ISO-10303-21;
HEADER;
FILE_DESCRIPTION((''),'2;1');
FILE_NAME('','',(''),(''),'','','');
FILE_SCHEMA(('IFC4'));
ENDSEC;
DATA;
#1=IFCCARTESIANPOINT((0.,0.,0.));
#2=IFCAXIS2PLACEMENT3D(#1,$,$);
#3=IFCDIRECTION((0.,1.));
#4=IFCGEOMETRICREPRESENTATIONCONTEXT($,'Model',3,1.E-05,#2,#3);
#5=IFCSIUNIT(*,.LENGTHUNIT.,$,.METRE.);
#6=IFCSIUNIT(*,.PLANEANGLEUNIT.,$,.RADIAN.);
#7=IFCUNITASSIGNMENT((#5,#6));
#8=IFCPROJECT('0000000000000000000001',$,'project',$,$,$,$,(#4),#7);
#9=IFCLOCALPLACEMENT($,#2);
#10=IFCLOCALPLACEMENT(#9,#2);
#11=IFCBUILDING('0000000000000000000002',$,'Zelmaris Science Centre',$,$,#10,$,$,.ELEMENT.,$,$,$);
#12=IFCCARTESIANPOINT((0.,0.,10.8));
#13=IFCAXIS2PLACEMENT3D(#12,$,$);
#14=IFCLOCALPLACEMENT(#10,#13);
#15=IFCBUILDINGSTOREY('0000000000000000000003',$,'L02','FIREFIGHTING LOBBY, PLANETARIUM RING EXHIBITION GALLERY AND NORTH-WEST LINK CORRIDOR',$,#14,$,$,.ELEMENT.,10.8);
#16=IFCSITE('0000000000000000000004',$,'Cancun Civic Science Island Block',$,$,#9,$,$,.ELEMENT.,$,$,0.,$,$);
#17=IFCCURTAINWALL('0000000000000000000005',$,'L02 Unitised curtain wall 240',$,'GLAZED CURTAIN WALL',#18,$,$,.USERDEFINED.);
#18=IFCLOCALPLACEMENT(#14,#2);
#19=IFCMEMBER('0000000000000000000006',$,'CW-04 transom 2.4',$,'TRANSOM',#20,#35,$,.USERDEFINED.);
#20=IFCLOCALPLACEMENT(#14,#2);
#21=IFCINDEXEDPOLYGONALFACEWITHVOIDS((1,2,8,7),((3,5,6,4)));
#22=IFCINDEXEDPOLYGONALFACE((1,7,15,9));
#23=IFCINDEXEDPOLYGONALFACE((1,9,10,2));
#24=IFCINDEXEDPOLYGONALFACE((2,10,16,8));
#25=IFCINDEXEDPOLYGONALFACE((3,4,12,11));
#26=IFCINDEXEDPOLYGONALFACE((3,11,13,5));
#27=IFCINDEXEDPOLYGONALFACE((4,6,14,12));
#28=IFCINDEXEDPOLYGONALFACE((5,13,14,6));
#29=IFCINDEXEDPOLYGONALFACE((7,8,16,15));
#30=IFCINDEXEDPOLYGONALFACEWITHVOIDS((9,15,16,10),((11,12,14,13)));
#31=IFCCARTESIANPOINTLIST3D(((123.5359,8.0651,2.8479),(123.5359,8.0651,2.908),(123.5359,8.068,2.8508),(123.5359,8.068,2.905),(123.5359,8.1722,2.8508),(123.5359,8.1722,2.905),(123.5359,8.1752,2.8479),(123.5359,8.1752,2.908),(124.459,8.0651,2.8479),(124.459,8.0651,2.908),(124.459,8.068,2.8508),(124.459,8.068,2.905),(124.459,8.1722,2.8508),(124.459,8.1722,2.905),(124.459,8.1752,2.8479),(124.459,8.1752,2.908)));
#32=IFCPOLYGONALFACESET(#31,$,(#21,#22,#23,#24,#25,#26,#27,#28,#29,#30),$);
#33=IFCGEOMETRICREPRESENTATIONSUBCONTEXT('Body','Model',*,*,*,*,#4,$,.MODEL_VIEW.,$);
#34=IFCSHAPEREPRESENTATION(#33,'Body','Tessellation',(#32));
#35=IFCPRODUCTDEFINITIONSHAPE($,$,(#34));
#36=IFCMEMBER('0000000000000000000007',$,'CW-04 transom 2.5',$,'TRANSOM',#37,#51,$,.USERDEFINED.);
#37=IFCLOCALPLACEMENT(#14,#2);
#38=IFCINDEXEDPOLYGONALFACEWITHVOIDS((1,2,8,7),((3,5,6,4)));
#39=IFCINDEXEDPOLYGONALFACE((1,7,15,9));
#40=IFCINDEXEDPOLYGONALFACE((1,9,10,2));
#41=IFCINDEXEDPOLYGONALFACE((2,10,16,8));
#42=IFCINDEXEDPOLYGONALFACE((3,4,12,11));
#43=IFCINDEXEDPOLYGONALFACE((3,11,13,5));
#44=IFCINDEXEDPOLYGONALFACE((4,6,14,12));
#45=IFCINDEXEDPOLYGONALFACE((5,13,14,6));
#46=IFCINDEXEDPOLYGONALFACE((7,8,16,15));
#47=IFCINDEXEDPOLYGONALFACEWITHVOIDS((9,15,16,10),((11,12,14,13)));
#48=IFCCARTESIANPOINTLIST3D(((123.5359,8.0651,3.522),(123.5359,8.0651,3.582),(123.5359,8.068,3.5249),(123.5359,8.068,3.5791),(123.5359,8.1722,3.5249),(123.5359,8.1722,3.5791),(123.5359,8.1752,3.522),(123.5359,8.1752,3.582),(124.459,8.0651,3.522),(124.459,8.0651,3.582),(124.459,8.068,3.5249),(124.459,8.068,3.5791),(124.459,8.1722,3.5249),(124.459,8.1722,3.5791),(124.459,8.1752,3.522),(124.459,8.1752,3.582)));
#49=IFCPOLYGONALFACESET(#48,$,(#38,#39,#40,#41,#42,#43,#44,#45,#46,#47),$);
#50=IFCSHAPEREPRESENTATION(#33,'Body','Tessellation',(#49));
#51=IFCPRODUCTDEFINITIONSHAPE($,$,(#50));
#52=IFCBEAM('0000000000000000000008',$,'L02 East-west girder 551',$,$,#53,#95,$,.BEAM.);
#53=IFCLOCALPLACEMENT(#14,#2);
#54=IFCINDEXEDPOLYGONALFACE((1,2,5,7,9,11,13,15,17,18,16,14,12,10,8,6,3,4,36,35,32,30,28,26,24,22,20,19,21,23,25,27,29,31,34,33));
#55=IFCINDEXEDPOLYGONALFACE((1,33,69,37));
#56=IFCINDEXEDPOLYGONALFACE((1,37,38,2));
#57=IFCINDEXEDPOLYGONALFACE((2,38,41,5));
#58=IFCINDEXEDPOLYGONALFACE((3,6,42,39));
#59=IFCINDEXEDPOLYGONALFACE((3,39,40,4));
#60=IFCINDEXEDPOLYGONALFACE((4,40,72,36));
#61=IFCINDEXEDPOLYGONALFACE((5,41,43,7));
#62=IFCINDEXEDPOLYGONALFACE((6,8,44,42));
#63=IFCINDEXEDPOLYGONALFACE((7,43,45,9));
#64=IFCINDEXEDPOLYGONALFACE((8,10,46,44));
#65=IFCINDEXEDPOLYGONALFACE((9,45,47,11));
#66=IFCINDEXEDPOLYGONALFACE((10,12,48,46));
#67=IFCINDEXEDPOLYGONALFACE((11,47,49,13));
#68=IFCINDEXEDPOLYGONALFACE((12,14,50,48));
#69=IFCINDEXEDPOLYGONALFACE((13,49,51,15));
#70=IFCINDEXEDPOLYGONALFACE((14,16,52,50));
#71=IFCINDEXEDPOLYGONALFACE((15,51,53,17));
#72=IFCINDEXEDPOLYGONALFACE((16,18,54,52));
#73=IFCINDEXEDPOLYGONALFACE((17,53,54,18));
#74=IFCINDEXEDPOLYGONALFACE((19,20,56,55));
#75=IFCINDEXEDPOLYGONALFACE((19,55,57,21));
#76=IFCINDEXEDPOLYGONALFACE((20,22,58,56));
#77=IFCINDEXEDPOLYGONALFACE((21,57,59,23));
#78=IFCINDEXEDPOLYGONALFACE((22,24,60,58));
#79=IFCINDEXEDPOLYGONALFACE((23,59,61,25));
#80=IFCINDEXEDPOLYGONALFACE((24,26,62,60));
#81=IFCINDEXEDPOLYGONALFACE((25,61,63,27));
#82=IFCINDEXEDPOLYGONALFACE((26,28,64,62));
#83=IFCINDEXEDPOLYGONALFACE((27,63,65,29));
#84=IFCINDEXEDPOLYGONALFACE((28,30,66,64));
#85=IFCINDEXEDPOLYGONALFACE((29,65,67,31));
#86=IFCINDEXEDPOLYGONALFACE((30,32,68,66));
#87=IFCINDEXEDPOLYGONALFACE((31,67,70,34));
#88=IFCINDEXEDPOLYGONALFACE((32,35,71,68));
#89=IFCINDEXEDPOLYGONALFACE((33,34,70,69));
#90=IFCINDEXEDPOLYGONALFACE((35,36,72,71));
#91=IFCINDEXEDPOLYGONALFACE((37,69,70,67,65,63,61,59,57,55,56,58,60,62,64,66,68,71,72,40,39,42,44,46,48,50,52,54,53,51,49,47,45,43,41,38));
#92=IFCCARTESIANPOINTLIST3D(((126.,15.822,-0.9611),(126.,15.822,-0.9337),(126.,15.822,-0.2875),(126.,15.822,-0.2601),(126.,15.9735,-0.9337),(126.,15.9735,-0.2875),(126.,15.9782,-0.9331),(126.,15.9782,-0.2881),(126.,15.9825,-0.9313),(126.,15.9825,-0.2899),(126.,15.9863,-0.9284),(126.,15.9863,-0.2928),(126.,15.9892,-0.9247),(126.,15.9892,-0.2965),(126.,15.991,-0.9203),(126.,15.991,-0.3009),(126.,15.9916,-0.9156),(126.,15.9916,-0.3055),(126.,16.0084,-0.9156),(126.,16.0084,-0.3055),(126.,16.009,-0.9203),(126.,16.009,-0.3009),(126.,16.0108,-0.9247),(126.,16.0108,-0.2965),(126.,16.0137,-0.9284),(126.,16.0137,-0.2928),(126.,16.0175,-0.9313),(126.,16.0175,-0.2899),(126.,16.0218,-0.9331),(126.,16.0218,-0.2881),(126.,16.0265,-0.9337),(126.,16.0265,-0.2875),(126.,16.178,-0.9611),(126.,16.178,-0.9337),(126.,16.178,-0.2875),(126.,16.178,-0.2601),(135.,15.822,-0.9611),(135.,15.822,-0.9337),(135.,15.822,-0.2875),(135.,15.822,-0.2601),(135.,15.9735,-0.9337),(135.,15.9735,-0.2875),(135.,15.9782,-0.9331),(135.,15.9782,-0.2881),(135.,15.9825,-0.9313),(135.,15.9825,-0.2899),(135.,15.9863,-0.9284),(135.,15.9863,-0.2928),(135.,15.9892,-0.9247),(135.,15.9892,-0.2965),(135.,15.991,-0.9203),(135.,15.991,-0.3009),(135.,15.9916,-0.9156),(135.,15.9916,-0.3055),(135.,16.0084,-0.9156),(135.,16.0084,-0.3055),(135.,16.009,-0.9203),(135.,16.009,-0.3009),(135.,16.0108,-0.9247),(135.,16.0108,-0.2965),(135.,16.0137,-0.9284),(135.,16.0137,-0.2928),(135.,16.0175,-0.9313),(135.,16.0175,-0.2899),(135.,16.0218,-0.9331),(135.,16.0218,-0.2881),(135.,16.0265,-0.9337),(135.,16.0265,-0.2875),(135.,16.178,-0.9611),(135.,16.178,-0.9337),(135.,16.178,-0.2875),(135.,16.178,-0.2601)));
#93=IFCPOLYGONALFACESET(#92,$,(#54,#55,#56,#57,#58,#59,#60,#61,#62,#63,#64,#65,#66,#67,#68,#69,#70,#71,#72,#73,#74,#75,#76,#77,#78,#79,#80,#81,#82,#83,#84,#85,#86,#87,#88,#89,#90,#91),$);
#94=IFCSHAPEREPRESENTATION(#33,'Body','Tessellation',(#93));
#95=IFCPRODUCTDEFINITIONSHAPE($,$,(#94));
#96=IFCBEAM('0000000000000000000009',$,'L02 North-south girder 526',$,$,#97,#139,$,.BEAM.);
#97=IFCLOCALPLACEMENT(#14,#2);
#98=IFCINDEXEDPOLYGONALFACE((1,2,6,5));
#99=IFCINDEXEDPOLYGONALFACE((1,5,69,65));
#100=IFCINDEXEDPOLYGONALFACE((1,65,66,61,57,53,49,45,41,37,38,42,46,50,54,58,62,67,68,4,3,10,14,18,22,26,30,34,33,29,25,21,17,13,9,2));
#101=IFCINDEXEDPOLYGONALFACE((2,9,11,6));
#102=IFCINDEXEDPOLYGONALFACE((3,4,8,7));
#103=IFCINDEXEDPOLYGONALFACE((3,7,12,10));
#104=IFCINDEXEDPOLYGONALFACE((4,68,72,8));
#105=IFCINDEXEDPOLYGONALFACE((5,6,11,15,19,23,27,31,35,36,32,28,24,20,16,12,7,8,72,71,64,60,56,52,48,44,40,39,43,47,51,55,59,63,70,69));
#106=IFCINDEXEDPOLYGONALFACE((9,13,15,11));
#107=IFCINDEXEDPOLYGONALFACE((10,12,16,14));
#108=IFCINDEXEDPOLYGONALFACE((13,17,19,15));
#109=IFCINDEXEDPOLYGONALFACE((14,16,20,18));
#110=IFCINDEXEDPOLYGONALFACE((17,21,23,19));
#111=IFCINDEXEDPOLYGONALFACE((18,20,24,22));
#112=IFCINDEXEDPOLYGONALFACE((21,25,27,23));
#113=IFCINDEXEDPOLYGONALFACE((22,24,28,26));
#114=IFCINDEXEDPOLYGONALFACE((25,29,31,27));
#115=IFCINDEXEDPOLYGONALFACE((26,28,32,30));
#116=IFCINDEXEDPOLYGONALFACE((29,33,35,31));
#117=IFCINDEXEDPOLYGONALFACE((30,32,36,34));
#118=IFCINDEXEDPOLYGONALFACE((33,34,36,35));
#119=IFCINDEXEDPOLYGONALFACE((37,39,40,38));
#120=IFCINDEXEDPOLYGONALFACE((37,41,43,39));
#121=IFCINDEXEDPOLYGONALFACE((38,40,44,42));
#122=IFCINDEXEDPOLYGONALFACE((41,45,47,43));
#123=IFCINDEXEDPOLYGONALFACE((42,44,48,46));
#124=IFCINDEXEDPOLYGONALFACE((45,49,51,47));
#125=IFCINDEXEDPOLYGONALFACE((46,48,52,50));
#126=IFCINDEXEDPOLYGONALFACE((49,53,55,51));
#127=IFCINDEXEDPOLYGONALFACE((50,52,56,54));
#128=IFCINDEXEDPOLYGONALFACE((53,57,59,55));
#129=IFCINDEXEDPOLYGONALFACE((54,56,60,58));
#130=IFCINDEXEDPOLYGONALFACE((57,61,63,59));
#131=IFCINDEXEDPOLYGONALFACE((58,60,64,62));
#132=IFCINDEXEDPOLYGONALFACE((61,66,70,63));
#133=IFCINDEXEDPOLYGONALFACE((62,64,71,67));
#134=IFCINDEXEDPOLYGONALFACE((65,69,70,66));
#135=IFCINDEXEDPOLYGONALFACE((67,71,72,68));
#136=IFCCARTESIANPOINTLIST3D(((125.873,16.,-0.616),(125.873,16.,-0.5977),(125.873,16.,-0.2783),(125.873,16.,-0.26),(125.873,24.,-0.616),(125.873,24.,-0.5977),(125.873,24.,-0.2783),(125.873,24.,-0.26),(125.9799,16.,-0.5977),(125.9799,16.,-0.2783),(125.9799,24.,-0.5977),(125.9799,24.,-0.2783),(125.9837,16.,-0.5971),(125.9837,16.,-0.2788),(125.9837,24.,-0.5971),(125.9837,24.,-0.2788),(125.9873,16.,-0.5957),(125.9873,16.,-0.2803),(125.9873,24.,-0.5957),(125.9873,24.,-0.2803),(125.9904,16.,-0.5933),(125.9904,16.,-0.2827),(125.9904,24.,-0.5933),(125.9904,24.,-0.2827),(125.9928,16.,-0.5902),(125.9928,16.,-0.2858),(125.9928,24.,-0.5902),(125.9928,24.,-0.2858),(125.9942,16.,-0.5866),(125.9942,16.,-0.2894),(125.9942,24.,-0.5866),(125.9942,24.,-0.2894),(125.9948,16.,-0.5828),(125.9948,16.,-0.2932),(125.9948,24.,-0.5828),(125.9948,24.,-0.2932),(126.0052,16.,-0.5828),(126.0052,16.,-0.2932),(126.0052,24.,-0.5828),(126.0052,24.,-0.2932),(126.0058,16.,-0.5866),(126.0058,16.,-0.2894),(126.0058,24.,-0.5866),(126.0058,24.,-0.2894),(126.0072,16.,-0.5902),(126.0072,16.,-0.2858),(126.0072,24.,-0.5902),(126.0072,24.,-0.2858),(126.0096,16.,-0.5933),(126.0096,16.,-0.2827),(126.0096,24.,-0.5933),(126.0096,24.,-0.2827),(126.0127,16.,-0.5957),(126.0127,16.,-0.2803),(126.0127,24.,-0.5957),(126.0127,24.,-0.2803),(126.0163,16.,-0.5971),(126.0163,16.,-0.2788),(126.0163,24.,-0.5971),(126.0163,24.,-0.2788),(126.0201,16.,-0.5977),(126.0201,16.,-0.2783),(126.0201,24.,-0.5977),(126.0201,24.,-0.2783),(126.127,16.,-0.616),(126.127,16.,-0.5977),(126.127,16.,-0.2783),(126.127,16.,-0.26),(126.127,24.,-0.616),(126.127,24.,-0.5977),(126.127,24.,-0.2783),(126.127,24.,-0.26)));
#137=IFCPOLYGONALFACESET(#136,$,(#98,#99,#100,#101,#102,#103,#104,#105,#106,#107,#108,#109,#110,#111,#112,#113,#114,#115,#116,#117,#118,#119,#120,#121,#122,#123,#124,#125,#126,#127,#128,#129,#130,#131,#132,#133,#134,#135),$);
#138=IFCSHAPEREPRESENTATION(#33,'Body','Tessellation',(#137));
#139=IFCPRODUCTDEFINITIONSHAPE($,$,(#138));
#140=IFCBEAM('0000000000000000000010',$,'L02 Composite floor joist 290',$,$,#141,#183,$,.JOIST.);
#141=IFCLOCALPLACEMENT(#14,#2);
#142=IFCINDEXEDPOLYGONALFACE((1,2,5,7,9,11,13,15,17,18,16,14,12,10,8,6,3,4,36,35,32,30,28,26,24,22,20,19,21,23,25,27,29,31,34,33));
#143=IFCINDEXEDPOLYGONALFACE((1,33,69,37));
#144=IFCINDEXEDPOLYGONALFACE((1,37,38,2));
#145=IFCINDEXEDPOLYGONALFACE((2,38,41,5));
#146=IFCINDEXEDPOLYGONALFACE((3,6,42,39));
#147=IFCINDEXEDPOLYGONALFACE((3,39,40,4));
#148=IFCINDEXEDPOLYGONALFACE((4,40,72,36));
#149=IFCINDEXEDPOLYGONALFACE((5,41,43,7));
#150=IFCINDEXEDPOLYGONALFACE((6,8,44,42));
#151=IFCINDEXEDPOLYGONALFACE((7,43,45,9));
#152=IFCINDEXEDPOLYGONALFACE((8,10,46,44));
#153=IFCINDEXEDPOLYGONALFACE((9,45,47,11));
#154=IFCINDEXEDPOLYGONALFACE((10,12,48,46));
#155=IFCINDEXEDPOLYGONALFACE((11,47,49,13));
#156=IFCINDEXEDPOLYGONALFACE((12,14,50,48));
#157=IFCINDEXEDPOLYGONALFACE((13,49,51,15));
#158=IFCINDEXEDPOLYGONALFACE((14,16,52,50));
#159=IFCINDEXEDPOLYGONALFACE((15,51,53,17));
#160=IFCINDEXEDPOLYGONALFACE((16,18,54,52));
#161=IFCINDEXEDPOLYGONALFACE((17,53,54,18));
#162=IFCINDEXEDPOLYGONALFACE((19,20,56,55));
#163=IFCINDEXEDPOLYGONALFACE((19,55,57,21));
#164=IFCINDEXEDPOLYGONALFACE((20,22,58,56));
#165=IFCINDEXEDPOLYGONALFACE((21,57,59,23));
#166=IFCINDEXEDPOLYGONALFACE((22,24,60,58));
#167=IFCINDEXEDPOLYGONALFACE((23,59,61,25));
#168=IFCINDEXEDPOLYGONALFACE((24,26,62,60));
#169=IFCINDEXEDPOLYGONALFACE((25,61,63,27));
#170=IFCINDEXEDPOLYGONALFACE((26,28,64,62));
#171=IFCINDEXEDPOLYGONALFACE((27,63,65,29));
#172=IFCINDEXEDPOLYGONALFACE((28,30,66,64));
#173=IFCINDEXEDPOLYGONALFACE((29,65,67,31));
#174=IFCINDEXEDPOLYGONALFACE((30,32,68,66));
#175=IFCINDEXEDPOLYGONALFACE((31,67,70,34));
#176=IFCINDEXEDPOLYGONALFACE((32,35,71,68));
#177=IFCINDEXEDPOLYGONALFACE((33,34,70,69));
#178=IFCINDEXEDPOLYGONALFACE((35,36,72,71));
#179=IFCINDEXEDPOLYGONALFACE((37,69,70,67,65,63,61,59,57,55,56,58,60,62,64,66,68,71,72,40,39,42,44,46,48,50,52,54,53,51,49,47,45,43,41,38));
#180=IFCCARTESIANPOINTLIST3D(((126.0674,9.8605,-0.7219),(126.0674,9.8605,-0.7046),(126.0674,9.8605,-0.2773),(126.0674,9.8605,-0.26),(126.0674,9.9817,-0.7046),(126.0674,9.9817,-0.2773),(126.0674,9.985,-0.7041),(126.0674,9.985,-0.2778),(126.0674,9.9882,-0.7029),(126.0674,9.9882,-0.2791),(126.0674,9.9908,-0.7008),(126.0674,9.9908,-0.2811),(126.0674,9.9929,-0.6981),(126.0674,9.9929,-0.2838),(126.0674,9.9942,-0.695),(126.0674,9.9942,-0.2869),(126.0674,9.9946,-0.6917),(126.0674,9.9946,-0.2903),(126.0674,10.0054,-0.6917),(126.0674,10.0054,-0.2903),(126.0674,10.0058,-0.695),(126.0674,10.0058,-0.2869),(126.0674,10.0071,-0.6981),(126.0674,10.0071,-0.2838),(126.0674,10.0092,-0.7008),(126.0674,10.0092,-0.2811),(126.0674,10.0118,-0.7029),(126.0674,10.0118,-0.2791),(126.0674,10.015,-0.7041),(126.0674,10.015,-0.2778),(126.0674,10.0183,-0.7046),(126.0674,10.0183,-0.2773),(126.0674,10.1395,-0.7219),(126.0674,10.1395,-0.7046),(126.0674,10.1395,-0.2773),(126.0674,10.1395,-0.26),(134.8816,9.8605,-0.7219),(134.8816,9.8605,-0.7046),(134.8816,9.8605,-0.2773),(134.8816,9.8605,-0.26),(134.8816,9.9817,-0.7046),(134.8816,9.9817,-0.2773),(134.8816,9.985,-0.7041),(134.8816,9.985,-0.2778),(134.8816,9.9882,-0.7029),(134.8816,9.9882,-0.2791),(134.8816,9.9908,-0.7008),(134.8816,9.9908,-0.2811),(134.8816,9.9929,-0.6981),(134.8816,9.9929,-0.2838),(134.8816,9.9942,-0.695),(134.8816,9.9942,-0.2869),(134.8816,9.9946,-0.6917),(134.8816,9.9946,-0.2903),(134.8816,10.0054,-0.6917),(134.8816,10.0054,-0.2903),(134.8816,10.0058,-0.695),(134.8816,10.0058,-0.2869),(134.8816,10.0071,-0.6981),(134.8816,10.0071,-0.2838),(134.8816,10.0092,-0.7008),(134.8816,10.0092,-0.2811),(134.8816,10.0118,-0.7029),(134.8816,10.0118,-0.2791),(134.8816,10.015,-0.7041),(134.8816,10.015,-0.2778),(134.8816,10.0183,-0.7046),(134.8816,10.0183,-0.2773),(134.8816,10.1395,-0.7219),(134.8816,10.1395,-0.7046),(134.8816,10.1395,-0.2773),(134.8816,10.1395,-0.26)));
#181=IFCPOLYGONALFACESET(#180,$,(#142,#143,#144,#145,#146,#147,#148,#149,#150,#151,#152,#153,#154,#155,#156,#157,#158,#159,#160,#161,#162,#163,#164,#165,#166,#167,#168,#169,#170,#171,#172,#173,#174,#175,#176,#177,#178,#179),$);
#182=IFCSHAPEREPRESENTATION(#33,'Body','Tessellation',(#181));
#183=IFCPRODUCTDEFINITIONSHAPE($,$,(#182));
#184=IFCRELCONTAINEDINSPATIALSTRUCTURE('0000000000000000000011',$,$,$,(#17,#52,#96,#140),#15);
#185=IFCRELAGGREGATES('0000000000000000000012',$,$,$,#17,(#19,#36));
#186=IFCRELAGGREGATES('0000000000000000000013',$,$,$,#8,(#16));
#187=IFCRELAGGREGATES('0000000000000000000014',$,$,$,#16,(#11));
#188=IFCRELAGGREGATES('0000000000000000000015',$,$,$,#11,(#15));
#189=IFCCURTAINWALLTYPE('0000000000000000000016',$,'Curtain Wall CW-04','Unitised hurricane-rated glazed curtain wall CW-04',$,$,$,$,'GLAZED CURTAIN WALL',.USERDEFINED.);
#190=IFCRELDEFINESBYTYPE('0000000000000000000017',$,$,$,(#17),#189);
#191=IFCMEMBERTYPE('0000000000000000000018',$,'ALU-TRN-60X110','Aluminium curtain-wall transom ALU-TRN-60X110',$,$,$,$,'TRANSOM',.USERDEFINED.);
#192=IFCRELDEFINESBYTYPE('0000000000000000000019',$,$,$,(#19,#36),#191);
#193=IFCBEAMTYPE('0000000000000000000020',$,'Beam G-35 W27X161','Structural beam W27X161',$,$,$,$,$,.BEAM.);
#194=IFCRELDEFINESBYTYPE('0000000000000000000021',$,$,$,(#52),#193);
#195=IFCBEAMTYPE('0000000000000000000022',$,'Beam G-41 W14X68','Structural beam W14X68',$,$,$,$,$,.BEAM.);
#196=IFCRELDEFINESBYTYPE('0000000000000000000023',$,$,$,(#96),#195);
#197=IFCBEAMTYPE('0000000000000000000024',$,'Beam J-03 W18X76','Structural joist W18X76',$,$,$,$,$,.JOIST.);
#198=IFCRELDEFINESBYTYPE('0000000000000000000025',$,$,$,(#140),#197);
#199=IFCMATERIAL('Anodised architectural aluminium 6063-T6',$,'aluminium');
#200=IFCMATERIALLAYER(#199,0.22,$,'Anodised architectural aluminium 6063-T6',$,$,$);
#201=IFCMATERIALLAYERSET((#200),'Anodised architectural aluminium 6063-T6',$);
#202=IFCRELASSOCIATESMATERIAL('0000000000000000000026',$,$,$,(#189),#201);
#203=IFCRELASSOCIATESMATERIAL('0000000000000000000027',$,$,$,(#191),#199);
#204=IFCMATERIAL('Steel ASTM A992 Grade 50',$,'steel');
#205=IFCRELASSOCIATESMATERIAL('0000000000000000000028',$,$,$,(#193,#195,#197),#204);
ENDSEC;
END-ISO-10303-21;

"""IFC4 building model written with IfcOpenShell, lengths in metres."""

from ifc_helpers import new_model, si_unit, direction, frame, origin, origin_2d, place, context, subcontext, project, spatial, hollow_rectangle, i_section, extrude, material, layer, layer_set, material_profile, profile_set, type_object, element, aggregate, save


model = new_model("IFC4")

# Units and contexts
model_context = context("Model", 3, precision=1e-05, world=origin(), true_north=direction((0.0, 1.0)))
body_context = subcontext(model_context, "Body", "Model", "MODEL_VIEW")
ifc_project = project(units=[si_unit("LENGTHUNIT", "METRE"), si_unit("PLANEANGLEUNIT", "RADIAN")], contexts=[model_context])

# Site, building, storey
site_placement = place(None, origin())
site = spatial("IfcSite", under=ifc_project, at=site_placement, Name="Cancun Civic Science Island Block", CompositionType="ELEMENT", RefElevation=0.0)
building_placement = place(site_placement, origin())
building = spatial("IfcBuilding", under=site, at=building_placement, Name="Zelmaris Science Centre", CompositionType="ELEMENT")
storey_placement = place(building_placement, frame((0.0, 0.0, 10.8)))
storey = spatial("IfcBuildingStorey", under=building, at=storey_placement, Name="L02", Description="FIREFIGHTING LOBBY, PLANETARIUM RING EXHIBITION GALLERY AND NORTH-WEST LINK CORRIDOR", CompositionType="ELEMENT", Elevation=10.8)

# Shared definitions
ifc_material_1 = material(Name="Steel ASTM A992 Grade 50", Category="steel")

# Curtain wall, members
ifc_material_2 = material(Name="Anodised architectural aluminium 6063-T6", Category="aluminium")
ifc_layer_1 = layer(ifc_material_2, 0.22, Name="Anodised architectural aluminium 6063-T6")
ifc_layer_set_1 = layer_set([ifc_layer_1], Name="Anodised architectural aluminium 6063-T6")
curtain_wall_type = type_object("IfcCurtainWallType", Name="Curtain Wall CW-04", Description="Unitised hurricane-rated glazed curtain wall CW-04", ElementType="GLAZED CURTAIN WALL", PredefinedType="USERDEFINED", material=ifc_layer_set_1)
curtain_wall_placement = place(storey_placement, origin())
curtain_wall = element("IfcCurtainWall", 1, at=curtain_wall_placement, inside=storey, type_object=curtain_wall_type, Name="L02 Unitised curtain wall 240", ObjectType="GLAZED CURTAIN WALL", PredefinedType="USERDEFINED")
ifc_material_profile_1 = material_profile(ifc_material_2, hollow_rectangle(XDim=0.0601, YDim=0.1101, WallThickness=0.0029, at=origin_2d()), Name="ALU-TRN-60X110")
ifc_profile_set_1 = profile_set([ifc_material_profile_1], Name="Anodised architectural aluminium 6063-T6")
member_type_1 = type_object("IfcMemberType", Name="ALU-TRN-60X110", Description="Aluminium curtain-wall transom ALU-TRN-60X110", ElementType="TRANSOM", PredefinedType="USERDEFINED", material=ifc_profile_set_1)
member_1_placement = place(storey_placement, frame((124.459, 8.1201, 2.8779), z_axis=(-1.0, 0.0, 0.0), x_axis=(0.0, 0.0, 1.0)))
member_1 = element("IfcMember", 2, at=member_1_placement, type_object=member_type_1, Name="CW-04 transom 2.4", ObjectType="TRANSOM", PredefinedType="USERDEFINED", context=body_context, shape_type="SweptSolid", body=[
    extrude(hollow_rectangle(XDim=0.0601, YDim=0.1101, WallThickness=0.0029, at=origin_2d()), origin(), (0.0, 0.0, 1.0), 0.9231),
])
member_2_placement = place(storey_placement, frame((124.459, 8.1201, 3.552), z_axis=(-1.0, 0.0, 0.0), x_axis=(0.0, 0.0, 1.0)))
member_2 = element("IfcMember", 3, at=member_2_placement, type_object=member_type_1, Name="CW-04 transom 2.5", ObjectType="TRANSOM", PredefinedType="USERDEFINED", context=body_context, shape_type="SweptSolid", body=[
    extrude(hollow_rectangle(XDim=0.0601, YDim=0.1101, WallThickness=0.0029, at=origin_2d()), origin(), (0.0, 0.0, 1.0), 0.9231),
])

# Beams
ifc_material_profile_2 = material_profile(ifc_material_1, i_section(OverallWidth=0.356, OverallDepth=0.7009, WebThickness=0.0168, FlangeThickness=0.0273, FilletRadius=0.0181, at=origin_2d()), Name="W27X161")
ifc_profile_set_2 = profile_set([ifc_material_profile_2], Name="Steel ASTM A992 Grade 50")
beam_type_1 = type_object("IfcBeamType", Name="Beam G-35 W27X161", Description="Structural beam W27X161", PredefinedType="BEAM", material=ifc_profile_set_2)
beam_1_placement = place(storey_placement, frame((126.0, 16.0, -0.6106), z_axis=(1.0, 0.0, 0.0), x_axis=(0.0, 1.0, 0.0)))
element("IfcBeam", 4, at=beam_1_placement, inside=storey, type_object=beam_type_1, Name="L02 East-west girder 551", PredefinedType="BEAM", context=body_context, shape_type="SweptSolid", body=[
    extrude(i_section(OverallWidth=0.356, OverallDepth=0.7009, WebThickness=0.0168, FlangeThickness=0.0273, FilletRadius=0.0181, at=origin_2d()), origin(), (0.0, 0.0, 1.0), 9.0),
])
ifc_material_profile_3 = material_profile(ifc_material_1, i_section(OverallWidth=0.2539, OverallDepth=0.356, WebThickness=0.0105, FlangeThickness=0.0183, FilletRadius=0.0149, at=origin_2d()), Name="W14X68")
ifc_profile_set_3 = profile_set([ifc_material_profile_3], Name="Steel ASTM A992 Grade 50")
beam_type_2 = type_object("IfcBeamType", Name="Beam G-41 W14X68", Description="Structural beam W14X68", PredefinedType="BEAM", material=ifc_profile_set_3)
beam_2_placement = place(storey_placement, frame((126.0, 16.0, -0.438), z_axis=(0.0, 1.0, 0.0), x_axis=(-1.0, 0.0, 0.0)))
element("IfcBeam", 5, at=beam_2_placement, inside=storey, type_object=beam_type_2, Name="L02 North-south girder 526", PredefinedType="BEAM", context=body_context, shape_type="SweptSolid", body=[
    extrude(i_section(OverallWidth=0.2539, OverallDepth=0.356, WebThickness=0.0105, FlangeThickness=0.0183, FilletRadius=0.0149, at=origin_2d()), origin(), (0.0, 0.0, 1.0), 8.0),
])
ifc_material_profile_4 = material_profile(ifc_material_1, i_section(OverallWidth=0.2791, OverallDepth=0.4619, WebThickness=0.0107, FlangeThickness=0.0173, FilletRadius=0.0129, at=origin_2d()), Name="W18X76")
ifc_profile_set_4 = profile_set([ifc_material_profile_4], Name="Steel ASTM A992 Grade 50")
beam_type_3 = type_object("IfcBeamType", Name="Beam J-03 W18X76", Description="Structural joist W18X76", PredefinedType="JOIST", material=ifc_profile_set_4)
beam_3_placement = place(storey_placement, frame((126.0674, 10.0, -0.491), z_axis=(1.0, 0.0, 0.0), x_axis=(0.0, 1.0, 0.0)))
element("IfcBeam", 6, at=beam_3_placement, inside=storey, type_object=beam_type_3, Name="L02 Composite floor joist 290", PredefinedType="JOIST", context=body_context, shape_type="SweptSolid", body=[
    extrude(i_section(OverallWidth=0.2791, OverallDepth=0.4619, WebThickness=0.0107, FlangeThickness=0.0173, FilletRadius=0.0129, at=origin_2d()), origin(), (0.0, 0.0, 1.0), 8.8142),
])

aggregate(curtain_wall, [member_1, member_2])

save(model, "model.ifc")
